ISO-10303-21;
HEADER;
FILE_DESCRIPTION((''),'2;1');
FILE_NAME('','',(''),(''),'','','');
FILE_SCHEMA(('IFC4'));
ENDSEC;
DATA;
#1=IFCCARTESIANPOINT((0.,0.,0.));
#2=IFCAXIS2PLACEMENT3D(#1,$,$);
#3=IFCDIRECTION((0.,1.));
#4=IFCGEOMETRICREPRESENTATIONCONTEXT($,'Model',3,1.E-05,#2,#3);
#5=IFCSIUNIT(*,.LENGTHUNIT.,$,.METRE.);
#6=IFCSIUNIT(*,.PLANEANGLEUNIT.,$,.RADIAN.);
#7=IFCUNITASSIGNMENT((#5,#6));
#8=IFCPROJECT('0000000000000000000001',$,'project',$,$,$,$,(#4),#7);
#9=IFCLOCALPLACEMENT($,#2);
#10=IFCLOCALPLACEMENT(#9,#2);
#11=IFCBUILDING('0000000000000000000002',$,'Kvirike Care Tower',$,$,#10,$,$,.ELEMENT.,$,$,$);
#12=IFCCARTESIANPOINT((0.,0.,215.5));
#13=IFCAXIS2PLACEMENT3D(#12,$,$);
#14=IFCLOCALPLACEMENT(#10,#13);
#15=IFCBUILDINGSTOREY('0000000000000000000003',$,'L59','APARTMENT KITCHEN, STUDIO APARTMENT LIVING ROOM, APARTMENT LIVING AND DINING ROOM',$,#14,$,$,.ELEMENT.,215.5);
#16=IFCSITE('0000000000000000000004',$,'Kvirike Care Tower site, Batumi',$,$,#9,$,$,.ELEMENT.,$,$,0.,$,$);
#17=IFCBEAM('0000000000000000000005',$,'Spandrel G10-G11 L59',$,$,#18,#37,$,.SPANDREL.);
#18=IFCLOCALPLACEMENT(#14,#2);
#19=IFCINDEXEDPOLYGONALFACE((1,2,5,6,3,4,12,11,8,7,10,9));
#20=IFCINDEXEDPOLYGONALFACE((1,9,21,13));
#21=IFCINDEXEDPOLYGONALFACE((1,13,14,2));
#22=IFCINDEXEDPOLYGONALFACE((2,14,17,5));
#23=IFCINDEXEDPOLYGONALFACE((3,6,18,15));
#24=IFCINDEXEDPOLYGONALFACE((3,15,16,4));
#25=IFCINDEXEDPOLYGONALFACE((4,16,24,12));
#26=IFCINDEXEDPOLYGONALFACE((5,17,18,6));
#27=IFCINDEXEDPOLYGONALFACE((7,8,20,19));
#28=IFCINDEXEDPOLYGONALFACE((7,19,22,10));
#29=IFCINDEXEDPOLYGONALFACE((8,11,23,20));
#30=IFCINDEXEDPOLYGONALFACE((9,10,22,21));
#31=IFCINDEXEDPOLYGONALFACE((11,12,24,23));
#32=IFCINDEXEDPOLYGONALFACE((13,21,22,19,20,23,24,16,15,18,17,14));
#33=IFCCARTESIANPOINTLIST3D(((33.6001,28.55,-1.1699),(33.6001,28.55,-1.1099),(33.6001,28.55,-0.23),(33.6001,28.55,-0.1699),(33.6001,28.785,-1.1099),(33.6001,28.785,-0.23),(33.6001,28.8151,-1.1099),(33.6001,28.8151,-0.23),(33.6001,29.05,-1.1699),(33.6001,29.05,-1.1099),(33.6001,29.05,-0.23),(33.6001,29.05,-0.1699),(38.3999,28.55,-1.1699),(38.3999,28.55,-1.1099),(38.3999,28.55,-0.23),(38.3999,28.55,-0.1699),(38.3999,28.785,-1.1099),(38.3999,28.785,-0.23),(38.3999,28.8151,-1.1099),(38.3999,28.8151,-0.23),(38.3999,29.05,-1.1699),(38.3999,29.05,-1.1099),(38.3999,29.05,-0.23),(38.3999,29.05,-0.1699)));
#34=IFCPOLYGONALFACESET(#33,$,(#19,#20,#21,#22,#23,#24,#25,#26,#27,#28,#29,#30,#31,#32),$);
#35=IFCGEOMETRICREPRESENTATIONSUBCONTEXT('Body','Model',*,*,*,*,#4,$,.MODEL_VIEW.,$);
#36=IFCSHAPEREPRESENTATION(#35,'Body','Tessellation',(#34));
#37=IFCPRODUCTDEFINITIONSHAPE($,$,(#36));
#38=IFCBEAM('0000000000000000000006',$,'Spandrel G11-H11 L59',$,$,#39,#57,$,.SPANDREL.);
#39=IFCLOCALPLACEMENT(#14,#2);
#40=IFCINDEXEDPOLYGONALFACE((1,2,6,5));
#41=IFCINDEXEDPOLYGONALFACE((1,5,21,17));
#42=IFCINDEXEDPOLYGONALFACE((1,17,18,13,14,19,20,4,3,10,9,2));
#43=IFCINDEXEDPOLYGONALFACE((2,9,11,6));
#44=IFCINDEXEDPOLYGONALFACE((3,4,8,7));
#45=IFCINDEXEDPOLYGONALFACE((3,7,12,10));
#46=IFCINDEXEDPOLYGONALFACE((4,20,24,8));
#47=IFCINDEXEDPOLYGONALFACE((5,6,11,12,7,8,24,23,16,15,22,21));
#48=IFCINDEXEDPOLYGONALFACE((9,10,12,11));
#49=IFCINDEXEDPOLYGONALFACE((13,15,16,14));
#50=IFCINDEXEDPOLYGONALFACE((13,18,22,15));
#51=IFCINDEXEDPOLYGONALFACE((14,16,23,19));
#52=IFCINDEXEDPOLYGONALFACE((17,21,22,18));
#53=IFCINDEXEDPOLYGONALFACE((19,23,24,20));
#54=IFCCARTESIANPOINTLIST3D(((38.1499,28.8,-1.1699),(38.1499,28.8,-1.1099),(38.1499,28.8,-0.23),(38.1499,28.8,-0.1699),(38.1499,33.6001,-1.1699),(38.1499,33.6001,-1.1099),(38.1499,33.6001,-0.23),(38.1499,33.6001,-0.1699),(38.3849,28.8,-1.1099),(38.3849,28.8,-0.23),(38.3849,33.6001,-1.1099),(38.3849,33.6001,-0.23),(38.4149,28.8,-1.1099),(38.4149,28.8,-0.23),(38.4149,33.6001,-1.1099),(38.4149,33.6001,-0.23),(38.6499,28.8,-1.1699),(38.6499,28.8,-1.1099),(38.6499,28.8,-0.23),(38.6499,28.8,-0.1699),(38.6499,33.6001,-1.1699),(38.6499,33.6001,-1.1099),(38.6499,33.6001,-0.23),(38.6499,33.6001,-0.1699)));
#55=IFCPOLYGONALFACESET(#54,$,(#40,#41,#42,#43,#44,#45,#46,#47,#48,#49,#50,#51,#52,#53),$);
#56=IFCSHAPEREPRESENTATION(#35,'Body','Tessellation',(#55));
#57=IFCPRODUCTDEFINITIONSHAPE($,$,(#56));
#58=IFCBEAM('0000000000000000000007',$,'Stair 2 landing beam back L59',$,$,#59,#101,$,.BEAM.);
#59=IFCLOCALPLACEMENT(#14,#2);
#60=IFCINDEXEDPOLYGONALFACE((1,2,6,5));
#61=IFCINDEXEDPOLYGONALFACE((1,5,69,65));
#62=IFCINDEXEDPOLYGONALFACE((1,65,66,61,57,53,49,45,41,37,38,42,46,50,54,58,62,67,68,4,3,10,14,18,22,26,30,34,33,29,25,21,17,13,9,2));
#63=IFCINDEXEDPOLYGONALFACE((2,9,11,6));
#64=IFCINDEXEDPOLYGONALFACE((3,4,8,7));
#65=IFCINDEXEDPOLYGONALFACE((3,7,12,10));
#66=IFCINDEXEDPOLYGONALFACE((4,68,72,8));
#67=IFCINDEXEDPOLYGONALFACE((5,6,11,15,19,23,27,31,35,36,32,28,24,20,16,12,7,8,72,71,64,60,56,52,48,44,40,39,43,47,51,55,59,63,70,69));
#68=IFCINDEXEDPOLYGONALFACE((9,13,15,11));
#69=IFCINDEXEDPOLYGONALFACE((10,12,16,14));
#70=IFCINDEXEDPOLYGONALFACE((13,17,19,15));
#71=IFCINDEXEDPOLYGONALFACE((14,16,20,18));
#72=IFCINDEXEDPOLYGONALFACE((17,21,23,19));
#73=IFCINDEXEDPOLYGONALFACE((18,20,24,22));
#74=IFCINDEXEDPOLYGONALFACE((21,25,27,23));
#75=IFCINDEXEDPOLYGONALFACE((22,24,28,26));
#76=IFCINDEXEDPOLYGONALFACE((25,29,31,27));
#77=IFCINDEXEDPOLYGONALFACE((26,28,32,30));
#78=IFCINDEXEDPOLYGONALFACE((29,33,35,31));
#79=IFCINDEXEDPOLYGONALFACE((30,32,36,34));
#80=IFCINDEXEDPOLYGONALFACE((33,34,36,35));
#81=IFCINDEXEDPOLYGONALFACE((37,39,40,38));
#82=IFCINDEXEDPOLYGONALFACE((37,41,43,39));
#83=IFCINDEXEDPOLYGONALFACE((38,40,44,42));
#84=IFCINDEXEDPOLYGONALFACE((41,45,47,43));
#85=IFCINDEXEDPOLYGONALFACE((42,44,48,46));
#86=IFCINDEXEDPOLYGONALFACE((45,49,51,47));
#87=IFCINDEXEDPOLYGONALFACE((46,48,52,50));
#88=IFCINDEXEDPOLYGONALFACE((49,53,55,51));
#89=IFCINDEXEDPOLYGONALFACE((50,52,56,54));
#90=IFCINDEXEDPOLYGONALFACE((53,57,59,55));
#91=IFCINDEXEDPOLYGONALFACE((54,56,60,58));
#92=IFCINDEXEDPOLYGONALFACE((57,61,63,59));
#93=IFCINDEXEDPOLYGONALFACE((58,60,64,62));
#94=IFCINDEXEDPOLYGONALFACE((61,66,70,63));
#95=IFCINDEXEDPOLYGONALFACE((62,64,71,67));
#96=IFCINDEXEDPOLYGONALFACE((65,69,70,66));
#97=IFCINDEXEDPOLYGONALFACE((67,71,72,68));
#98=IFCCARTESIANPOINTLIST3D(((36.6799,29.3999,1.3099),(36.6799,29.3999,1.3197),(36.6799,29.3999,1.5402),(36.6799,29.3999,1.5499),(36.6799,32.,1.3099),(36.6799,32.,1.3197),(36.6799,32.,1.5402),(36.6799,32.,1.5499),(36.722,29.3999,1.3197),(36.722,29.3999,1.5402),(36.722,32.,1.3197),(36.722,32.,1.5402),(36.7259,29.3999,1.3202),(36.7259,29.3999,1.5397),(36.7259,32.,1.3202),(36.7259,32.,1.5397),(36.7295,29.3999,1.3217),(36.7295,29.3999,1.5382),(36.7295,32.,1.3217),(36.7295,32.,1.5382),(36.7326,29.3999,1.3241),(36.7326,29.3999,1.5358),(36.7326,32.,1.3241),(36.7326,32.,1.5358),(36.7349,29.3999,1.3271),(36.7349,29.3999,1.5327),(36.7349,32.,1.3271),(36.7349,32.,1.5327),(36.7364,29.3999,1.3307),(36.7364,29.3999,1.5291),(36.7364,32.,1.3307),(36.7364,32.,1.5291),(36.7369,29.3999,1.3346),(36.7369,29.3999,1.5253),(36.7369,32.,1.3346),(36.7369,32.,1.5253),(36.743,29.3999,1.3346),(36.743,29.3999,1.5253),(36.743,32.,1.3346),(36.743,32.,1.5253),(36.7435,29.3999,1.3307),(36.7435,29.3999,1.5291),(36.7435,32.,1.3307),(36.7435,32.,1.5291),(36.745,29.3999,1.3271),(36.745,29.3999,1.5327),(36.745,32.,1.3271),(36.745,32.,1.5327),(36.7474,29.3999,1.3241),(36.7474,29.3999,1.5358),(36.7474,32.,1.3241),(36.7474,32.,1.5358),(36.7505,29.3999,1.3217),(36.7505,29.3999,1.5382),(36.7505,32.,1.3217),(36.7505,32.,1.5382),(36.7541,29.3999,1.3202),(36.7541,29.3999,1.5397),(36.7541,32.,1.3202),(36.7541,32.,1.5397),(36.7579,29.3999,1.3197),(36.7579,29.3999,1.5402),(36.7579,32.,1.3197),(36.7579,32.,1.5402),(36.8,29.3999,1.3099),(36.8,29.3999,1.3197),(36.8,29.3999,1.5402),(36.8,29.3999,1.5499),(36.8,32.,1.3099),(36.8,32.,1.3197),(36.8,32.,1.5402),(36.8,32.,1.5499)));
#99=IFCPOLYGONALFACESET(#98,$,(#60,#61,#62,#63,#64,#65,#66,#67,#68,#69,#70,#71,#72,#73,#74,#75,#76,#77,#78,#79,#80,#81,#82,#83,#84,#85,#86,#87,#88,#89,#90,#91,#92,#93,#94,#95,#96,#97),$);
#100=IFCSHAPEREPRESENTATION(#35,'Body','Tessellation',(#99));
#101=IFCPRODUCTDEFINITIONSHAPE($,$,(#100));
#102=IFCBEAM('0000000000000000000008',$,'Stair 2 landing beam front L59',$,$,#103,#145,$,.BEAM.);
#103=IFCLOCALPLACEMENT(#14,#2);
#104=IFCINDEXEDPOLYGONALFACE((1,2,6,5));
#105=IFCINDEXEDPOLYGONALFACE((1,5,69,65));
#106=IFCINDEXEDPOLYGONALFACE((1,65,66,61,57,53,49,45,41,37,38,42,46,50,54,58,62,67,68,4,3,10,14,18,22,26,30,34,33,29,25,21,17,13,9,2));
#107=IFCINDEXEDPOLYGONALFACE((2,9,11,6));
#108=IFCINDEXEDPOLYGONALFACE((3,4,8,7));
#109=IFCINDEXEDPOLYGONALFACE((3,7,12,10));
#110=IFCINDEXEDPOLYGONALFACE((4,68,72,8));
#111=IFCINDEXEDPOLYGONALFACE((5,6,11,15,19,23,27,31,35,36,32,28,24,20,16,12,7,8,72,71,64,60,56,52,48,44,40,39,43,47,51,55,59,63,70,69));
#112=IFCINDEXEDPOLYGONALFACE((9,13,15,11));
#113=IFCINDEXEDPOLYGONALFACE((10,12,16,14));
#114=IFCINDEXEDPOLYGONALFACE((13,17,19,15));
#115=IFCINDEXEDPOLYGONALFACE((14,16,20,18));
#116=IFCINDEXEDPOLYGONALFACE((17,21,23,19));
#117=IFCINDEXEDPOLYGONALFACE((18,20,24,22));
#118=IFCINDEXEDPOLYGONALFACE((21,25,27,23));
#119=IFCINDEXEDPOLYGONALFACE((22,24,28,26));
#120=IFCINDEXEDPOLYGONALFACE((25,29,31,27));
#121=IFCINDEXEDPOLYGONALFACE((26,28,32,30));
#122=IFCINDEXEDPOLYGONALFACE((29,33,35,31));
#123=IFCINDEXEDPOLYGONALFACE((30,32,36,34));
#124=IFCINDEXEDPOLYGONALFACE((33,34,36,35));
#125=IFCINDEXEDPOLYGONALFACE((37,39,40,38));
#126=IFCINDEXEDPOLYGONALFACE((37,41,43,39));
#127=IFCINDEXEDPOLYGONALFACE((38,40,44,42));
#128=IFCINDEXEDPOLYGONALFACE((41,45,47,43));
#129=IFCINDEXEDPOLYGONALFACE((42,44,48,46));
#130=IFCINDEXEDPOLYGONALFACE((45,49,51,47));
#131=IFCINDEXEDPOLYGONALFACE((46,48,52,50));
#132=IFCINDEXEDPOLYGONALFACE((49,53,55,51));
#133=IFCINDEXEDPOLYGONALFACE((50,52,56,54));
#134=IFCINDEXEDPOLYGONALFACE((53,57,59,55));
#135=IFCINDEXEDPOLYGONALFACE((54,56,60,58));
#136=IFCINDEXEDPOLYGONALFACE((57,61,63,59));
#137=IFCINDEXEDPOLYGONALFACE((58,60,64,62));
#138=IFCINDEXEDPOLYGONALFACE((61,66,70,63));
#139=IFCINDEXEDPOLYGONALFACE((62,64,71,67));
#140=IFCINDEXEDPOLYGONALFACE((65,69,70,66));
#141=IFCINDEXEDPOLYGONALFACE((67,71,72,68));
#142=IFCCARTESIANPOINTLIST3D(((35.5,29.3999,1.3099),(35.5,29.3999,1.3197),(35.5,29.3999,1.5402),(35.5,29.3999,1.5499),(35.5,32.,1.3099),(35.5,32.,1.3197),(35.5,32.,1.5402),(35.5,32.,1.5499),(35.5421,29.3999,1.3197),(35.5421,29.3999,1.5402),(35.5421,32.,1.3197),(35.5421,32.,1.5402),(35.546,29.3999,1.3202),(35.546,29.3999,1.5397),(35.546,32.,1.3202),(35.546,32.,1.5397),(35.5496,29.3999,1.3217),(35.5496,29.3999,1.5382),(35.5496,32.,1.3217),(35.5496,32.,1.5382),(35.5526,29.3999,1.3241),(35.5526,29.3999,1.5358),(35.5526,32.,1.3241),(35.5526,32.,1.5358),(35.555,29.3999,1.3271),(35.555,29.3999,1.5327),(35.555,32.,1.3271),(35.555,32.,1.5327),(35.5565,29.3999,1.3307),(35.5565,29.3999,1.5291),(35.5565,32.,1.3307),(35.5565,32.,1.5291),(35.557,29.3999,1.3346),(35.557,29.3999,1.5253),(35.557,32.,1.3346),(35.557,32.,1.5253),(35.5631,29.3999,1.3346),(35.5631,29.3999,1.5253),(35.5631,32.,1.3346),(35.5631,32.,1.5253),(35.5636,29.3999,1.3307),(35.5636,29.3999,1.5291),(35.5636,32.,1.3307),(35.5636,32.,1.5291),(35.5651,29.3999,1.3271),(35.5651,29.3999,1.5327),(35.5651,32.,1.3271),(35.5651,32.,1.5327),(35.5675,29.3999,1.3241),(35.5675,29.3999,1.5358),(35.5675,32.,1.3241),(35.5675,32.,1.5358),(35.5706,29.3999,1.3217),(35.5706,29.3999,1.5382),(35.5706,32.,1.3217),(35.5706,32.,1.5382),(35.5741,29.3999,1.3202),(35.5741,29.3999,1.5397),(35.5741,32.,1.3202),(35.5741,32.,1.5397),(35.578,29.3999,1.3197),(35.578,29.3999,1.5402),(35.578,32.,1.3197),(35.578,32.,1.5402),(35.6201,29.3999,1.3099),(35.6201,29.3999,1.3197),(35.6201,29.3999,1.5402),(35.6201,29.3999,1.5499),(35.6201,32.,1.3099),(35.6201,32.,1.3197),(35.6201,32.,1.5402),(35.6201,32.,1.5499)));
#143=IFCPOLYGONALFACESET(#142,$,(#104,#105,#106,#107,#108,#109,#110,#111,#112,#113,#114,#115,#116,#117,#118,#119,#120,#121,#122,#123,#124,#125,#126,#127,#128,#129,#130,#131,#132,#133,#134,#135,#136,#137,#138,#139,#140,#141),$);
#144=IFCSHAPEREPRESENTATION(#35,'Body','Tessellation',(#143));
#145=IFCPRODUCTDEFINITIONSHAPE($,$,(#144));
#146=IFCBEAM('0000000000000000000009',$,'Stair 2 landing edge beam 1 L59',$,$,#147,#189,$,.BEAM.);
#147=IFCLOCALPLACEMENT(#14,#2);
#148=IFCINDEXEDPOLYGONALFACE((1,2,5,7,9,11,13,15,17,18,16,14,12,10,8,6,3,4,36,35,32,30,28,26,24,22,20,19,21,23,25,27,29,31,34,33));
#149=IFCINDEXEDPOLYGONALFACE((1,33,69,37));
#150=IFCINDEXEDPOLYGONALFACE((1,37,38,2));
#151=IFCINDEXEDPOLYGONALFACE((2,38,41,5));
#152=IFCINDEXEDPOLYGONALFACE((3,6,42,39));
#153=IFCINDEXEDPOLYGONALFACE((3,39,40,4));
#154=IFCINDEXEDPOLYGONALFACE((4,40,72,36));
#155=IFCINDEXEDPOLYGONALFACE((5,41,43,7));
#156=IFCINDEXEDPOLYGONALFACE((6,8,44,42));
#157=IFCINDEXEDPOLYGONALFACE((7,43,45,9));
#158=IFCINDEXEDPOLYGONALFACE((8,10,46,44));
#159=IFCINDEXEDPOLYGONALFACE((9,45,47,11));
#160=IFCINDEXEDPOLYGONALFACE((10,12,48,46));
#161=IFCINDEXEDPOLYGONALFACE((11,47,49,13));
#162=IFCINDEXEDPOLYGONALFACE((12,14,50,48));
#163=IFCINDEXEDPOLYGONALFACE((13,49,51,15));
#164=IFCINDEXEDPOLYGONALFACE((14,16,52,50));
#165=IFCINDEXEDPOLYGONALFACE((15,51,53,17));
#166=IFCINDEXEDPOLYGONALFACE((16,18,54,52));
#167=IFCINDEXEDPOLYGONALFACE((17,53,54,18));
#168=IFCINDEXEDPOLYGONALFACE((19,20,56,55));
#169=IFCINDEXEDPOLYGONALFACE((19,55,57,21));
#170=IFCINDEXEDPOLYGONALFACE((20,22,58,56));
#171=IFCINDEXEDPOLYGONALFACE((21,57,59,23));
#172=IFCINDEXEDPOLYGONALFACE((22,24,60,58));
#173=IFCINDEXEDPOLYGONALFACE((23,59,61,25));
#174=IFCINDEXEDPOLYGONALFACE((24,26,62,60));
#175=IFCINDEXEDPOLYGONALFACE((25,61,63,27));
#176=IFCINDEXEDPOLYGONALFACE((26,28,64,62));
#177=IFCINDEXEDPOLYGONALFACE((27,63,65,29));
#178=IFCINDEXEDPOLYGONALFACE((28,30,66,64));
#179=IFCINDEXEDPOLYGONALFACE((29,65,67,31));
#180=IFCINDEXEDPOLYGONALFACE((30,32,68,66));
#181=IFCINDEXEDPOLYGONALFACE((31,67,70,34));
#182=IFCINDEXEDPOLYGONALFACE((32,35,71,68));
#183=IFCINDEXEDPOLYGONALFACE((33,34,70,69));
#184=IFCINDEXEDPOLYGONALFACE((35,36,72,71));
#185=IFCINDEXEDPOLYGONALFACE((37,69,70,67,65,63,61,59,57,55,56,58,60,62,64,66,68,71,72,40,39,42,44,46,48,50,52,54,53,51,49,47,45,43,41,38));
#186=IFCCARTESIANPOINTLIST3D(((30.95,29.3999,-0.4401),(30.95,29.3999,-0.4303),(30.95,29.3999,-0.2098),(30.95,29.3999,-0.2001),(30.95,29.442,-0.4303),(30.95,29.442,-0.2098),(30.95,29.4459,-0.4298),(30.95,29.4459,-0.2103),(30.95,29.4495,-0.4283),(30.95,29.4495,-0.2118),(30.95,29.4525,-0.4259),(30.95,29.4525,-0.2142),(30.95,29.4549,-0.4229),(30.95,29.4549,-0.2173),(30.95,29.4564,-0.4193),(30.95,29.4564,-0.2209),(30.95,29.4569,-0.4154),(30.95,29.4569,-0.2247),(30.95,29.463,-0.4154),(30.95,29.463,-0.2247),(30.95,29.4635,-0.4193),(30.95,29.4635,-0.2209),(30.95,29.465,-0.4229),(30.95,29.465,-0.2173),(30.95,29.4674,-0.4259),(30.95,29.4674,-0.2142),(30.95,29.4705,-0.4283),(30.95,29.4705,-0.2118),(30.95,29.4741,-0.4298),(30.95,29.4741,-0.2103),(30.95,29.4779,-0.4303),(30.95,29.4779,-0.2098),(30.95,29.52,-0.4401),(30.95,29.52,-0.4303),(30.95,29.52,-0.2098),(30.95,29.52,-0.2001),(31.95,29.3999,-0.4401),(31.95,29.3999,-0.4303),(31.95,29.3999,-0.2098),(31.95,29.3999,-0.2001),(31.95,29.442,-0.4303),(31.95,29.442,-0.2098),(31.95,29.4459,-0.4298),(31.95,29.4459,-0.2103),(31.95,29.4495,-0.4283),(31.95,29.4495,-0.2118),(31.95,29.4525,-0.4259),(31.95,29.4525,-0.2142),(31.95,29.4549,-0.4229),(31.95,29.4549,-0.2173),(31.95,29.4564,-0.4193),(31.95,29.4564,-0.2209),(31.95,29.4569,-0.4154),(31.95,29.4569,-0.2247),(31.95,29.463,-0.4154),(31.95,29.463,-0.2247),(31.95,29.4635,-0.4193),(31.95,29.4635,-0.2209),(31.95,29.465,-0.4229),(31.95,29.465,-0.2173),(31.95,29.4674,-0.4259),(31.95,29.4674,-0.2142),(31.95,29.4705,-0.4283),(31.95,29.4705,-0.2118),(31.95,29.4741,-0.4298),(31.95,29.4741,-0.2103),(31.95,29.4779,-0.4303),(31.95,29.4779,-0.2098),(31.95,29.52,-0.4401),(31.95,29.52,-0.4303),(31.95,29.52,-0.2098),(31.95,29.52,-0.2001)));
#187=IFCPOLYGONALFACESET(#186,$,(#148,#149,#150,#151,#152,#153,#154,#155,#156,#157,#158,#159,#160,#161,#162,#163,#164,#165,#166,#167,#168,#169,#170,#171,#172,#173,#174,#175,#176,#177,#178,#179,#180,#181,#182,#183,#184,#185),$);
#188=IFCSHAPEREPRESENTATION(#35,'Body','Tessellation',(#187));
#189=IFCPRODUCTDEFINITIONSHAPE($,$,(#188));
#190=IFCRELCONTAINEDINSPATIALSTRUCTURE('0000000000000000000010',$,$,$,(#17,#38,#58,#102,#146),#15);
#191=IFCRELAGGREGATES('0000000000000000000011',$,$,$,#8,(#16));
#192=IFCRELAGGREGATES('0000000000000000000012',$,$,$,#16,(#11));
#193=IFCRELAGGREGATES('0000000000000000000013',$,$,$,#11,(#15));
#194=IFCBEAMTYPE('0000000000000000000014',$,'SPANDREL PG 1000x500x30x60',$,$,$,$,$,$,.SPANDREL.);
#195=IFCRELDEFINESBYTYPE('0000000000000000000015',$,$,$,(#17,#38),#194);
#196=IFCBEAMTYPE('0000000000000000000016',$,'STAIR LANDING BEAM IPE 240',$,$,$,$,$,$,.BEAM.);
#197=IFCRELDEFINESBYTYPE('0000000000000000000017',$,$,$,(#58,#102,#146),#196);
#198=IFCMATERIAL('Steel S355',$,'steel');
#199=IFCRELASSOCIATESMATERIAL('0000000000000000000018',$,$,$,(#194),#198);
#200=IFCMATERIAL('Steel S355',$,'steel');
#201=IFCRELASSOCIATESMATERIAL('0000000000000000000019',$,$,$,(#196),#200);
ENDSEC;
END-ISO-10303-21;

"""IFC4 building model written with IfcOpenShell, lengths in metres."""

from ifc_helpers import new_model, si_unit, direction, frame, origin, origin_2d, place, context, subcontext, project, spatial, i_section, extrude, material, material_profile, profile_set, type_object, element, save


model = new_model("IFC4")

# Units and contexts
model_context = context("Model", 3, precision=1e-05, world=origin(), true_north=direction((0.0, 1.0)))
body_context = subcontext(model_context, "Body", "Model", "MODEL_VIEW")
ifc_project = project(units=[si_unit("LENGTHUNIT", "METRE"), si_unit("PLANEANGLEUNIT", "RADIAN")], contexts=[model_context])

# Site, building, storey
site_placement = place(None, origin())
site = spatial("IfcSite", under=ifc_project, at=site_placement, Name="Kvirike Care Tower site, Batumi", CompositionType="ELEMENT", RefElevation=0.0)
building_placement = place(site_placement, origin())
building = spatial("IfcBuilding", under=site, at=building_placement, Name="Kvirike Care Tower", CompositionType="ELEMENT")
storey_placement = place(building_placement, frame((0.0, 0.0, 215.5)))
storey = spatial("IfcBuildingStorey", under=building, at=storey_placement, Name="L59", Description="APARTMENT KITCHEN, STUDIO APARTMENT LIVING ROOM, APARTMENT LIVING AND DINING ROOM", CompositionType="ELEMENT", Elevation=215.5)

# Beams
ifc_material_1 = material(Name="Steel S355", Category="steel")
ifc_material_profile_1 = material_profile(ifc_material_1, i_section(OverallWidth=0.5, OverallDepth=1.0, WebThickness=0.03, FlangeThickness=0.0601, at=origin_2d()), Name="PG 1000x500x30x60")
ifc_profile_set_1 = profile_set([ifc_material_profile_1], Name="Steel S355")
beam_type_1 = type_object("IfcBeamType", Name="SPANDREL PG 1000x500x30x60", PredefinedType="SPANDREL", material=ifc_profile_set_1)
beam_1_placement = place(storey_placement, frame((33.6001, 28.8, -0.6699), z_axis=(1.0, 0.0, 0.0), x_axis=(0.0, 1.0, 0.0)))
element("IfcBeam", 1, at=beam_1_placement, inside=storey, type_object=beam_type_1, Name="Spandrel G10-G11 L59", PredefinedType="SPANDREL", context=body_context, shape_type="SweptSolid", body=[
    extrude(i_section(OverallWidth=0.5, OverallDepth=1.0, WebThickness=0.03, FlangeThickness=0.0601, at=origin_2d()), origin(), (0.0, 0.0, 1.0), 4.7998),
])
beam_2_placement = place(storey_placement, frame((38.3999, 28.8, -0.6699), z_axis=(0.0, 1.0, 0.0), x_axis=(-1.0, 0.0, 0.0)))
element("IfcBeam", 2, at=beam_2_placement, inside=storey, type_object=beam_type_1, Name="Spandrel G11-H11 L59", PredefinedType="SPANDREL", context=body_context, shape_type="SweptSolid", body=[
    extrude(i_section(OverallWidth=0.5, OverallDepth=1.0, WebThickness=0.03, FlangeThickness=0.0601, at=origin_2d()), origin(), (0.0, 0.0, 1.0), 4.8),
])
ifc_material_2 = material(Name="Steel S355", Category="steel")
ifc_material_profile_2 = material_profile(ifc_material_2, i_section(OverallWidth=0.1201, OverallDepth=0.24, WebThickness=0.0061, FlangeThickness=0.0098, FilletRadius=0.0149, at=origin_2d()), Name="IPE 240")
ifc_profile_set_2 = profile_set([ifc_material_profile_2], Name="Steel S355")
beam_type_2 = type_object("IfcBeamType", Name="STAIR LANDING BEAM IPE 240", PredefinedType="BEAM", material=ifc_profile_set_2)
for number, where, z_axis, x_axis, name in (
    (3, (36.74, 29.3999, 1.4299), (0.0, 1.0, 0.0), (-1.0, 0.0, 0.0), "Stair 2 landing beam back L59"),
    (4, (35.5601, 29.3999, 1.4299), (0.0, 1.0, 0.0), (-1.0, 0.0, 0.0), "Stair 2 landing beam front L59"),
):
    element("IfcBeam", number, at=place(storey_placement, frame(where, z_axis=z_axis, x_axis=x_axis)), inside=storey, type_object=beam_type_2, Name=name, PredefinedType="BEAM", context=body_context, shape_type="SweptSolid", body=[
        extrude(i_section(OverallWidth=0.1201, OverallDepth=0.24, WebThickness=0.0061, FlangeThickness=0.0098, FilletRadius=0.0149, at=origin_2d()), origin(), (0.0, 0.0, 1.0), 2.6001),
    ])
for number, where, z_axis, x_axis, name in (
    (5, (31.95, 29.46, -0.3201), (-1.0, 0.0, 0.0), (0.0, -1.0, 0.0), "Stair 2 landing edge beam 1 L59"),
):
    element("IfcBeam", number, at=place(storey_placement, frame(where, z_axis=z_axis, x_axis=x_axis)), inside=storey, type_object=beam_type_2, Name=name, PredefinedType="BEAM", context=body_context, shape_type="SweptSolid", body=[
        extrude(i_section(OverallWidth=0.1201, OverallDepth=0.24, WebThickness=0.0061, FlangeThickness=0.0098, FilletRadius=0.0149, at=origin_2d()), origin(), (0.0, 0.0, 1.0), 1.0),
    ])

save(model, "model.ifc")
